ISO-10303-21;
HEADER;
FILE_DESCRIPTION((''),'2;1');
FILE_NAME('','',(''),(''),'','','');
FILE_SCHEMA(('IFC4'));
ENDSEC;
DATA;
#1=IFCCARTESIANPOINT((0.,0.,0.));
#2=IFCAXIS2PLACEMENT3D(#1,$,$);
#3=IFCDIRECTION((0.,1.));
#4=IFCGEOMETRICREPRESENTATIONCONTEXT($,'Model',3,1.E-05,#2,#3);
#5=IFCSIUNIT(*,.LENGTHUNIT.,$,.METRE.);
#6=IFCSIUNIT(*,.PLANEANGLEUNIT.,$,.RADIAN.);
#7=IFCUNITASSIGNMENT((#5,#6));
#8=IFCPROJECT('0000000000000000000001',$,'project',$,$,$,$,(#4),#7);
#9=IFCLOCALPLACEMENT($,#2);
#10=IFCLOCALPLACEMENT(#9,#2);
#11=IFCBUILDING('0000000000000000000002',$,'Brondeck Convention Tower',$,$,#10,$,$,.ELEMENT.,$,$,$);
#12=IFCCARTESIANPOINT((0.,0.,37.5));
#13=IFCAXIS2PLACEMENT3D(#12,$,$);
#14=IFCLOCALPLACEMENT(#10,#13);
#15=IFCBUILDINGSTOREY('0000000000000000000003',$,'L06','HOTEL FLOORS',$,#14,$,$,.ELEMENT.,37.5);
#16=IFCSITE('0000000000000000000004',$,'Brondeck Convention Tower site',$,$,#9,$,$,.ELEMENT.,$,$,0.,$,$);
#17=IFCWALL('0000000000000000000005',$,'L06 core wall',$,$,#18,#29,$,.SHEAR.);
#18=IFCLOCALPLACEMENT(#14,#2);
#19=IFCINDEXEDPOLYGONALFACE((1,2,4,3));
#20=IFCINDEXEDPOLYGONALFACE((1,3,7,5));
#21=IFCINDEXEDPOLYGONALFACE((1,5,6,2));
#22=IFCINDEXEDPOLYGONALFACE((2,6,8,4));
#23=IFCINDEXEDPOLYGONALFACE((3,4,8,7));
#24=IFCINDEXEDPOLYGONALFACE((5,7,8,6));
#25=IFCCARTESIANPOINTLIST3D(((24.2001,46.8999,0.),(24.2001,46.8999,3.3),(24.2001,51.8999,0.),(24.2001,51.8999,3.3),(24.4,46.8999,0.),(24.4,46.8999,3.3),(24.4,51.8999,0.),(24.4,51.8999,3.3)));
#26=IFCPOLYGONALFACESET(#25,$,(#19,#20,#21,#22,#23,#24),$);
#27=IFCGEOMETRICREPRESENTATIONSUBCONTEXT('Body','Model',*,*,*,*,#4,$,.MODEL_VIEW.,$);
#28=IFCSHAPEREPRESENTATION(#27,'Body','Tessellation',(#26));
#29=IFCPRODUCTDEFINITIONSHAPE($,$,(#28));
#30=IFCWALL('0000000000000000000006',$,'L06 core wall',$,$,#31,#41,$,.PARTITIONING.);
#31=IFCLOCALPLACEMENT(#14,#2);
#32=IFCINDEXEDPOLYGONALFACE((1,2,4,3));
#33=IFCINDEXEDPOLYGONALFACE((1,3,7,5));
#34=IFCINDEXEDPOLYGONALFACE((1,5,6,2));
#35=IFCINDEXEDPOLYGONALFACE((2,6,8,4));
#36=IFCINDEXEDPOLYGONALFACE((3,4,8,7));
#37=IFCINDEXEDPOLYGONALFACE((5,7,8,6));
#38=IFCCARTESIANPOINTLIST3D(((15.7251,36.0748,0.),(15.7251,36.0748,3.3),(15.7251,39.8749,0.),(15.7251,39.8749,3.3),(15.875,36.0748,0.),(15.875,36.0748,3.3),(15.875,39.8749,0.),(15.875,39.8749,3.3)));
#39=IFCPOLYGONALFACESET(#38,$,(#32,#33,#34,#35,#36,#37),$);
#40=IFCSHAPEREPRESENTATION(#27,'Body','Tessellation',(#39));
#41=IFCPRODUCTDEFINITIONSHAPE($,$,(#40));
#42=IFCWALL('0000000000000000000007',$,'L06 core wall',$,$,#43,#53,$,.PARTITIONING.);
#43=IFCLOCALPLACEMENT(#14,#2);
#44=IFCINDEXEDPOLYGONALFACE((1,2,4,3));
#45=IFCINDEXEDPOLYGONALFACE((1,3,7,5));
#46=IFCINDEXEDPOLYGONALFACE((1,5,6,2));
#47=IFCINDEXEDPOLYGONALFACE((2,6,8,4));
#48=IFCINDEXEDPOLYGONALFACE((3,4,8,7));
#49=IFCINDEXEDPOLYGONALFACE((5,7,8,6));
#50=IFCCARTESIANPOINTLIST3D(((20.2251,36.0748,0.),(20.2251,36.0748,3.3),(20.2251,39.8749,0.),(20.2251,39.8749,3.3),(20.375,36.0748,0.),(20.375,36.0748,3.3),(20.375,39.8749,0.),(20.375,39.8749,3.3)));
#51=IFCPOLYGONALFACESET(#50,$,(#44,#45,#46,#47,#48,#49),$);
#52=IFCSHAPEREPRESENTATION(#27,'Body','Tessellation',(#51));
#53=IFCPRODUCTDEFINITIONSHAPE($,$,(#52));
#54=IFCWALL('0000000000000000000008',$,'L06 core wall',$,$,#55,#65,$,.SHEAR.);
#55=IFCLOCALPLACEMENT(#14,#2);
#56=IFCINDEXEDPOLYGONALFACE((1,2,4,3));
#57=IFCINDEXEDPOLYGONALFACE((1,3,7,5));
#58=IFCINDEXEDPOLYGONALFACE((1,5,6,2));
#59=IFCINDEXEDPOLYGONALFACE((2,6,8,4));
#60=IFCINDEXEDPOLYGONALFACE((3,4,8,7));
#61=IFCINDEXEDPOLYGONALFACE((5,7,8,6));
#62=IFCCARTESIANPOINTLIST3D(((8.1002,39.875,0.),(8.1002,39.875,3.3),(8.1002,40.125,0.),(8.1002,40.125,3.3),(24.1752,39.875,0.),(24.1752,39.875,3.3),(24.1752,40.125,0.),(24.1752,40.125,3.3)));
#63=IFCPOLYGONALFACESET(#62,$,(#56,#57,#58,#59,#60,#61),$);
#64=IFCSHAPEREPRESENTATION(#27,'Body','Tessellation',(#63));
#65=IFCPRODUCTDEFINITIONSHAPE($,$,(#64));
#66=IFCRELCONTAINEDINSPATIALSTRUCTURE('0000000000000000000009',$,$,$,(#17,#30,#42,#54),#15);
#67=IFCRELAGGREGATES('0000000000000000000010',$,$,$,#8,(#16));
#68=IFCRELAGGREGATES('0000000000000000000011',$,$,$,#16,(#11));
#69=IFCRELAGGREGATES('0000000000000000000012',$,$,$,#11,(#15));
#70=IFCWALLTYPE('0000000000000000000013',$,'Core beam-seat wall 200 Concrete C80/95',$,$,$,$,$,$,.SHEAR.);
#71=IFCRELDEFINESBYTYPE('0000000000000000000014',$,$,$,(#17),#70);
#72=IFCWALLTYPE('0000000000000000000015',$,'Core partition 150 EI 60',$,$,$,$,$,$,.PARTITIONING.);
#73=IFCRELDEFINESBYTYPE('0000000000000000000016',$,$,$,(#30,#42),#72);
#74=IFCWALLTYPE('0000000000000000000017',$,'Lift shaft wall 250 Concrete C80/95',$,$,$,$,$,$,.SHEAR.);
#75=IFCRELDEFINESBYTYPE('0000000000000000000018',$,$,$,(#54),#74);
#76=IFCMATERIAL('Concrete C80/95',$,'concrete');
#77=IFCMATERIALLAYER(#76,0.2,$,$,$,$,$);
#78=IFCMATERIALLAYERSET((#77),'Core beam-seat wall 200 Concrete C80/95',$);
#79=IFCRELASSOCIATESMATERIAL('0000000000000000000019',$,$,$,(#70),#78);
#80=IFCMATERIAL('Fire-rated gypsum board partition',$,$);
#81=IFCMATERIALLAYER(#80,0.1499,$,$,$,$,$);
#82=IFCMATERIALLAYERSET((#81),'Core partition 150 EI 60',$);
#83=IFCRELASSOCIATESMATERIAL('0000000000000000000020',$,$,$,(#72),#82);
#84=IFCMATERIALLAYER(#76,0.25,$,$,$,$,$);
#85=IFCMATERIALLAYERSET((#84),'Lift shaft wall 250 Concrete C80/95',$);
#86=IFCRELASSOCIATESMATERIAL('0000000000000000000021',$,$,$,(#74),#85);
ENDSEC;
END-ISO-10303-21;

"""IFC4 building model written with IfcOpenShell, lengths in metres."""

from ifc_helpers import new_model, si_unit, direction, frame, frame_2d, origin, place, context, subcontext, project, spatial, rectangle, extrude, material, layer, layer_set, type_object, element, save


model = new_model("IFC4")

# Units and contexts
model_context = context("Model", 3, precision=1e-05, world=origin(), true_north=direction((0.0, 1.0)))
body_context = subcontext(model_context, "Body", "Model", "MODEL_VIEW")
ifc_project = project(units=[si_unit("LENGTHUNIT", "METRE"), si_unit("PLANEANGLEUNIT", "RADIAN")], contexts=[model_context])

# Site, building, storey
site_placement = place(None, origin())
site = spatial("IfcSite", under=ifc_project, at=site_placement, Name="Brondeck Convention Tower site", CompositionType="ELEMENT", RefElevation=0.0)
building_placement = place(site_placement, origin())
building = spatial("IfcBuilding", under=site, at=building_placement, Name="Brondeck Convention Tower", CompositionType="ELEMENT")
storey_placement = place(building_placement, frame((0.0, 0.0, 37.5)))
storey = spatial("IfcBuildingStorey", under=building, at=storey_placement, Name="L06", Description="HOTEL FLOORS", CompositionType="ELEMENT", Elevation=37.5)

# Walls
ifc_material_1 = material(Name="Concrete C80/95", Category="concrete")
ifc_layer_1 = layer(ifc_material_1, 0.2)
ifc_layer_set_1 = layer_set([ifc_layer_1], Name="Core beam-seat wall 200 Concrete C80/95")
wall_type_1 = type_object("IfcWallType", Name="Core beam-seat wall 200 Concrete C80/95", PredefinedType="SHEAR", material=ifc_layer_set_1)
wall_1_placement = place(storey_placement, frame((24.3, 46.8999, 0.0), z_axis=(0.0, 0.0, 1.0), x_axis=(0.0, 1.0, 0.0)))
element("IfcWall", 1, at=wall_1_placement, inside=storey, type_object=wall_type_1, Name="L06 core wall", PredefinedType="SHEAR", context=body_context, shape_type="SweptSolid", body=[
    extrude(rectangle(XDim=5.0, YDim=0.2, at=frame_2d((2.5, 0.0))), origin(), (0.0, 0.0, 1.0), 3.3),
])
ifc_material_2 = material(Name="Fire-rated gypsum board partition")
ifc_layer_2 = layer(ifc_material_2, 0.1499)
ifc_layer_set_2 = layer_set([ifc_layer_2], Name="Core partition 150 EI 60")
wall_type_2 = type_object("IfcWallType", Name="Core partition 150 EI 60", PredefinedType="PARTITIONING", material=ifc_layer_set_2)
for number, where, z_axis, x_axis, name in (
    (2, (15.8, 36.075, 0.0), (0.0, 0.0, 1.0), (0.0, 1.0, 0.0), "L06 core wall"),
    (3, (20.3, 36.075, 0.0), (0.0, 0.0, 1.0), (0.0, 1.0, 0.0), "L06 core wall"),
):
    element("IfcWall", number, at=place(storey_placement, frame(where, z_axis=z_axis, x_axis=x_axis)), inside=storey, type_object=wall_type_2, Name=name, PredefinedType="PARTITIONING", context=body_context, shape_type="SweptSolid", body=[
        extrude(rectangle(XDim=3.8, YDim=0.1499, at=frame_2d((1.8999, 0.0))), origin(), (0.0, 0.0, 1.0), 3.3),
    ])
ifc_layer_3 = layer(ifc_material_1, 0.25)
ifc_layer_set_3 = layer_set([ifc_layer_3], Name="Lift shaft wall 250 Concrete C80/95")
wall_type_3 = type_object("IfcWallType", Name="Lift shaft wall 250 Concrete C80/95", PredefinedType="SHEAR", material=ifc_layer_set_3)
wall_2_placement = place(storey_placement, frame((8.1001, 40.0, 0.0), z_axis=(0.0, 0.0, 1.0), x_axis=(1.0, 0.0, 0.0)))
element("IfcWall", 4, at=wall_2_placement, inside=storey, type_object=wall_type_3, Name="L06 core wall", PredefinedType="SHEAR", context=body_context, shape_type="SweptSolid", body=[
    extrude(rectangle(XDim=16.075, YDim=0.25, at=frame_2d((8.0376, 0.0))), origin(), (0.0, 0.0, 1.0), 3.3),
])

save(model, "model.ifc")
